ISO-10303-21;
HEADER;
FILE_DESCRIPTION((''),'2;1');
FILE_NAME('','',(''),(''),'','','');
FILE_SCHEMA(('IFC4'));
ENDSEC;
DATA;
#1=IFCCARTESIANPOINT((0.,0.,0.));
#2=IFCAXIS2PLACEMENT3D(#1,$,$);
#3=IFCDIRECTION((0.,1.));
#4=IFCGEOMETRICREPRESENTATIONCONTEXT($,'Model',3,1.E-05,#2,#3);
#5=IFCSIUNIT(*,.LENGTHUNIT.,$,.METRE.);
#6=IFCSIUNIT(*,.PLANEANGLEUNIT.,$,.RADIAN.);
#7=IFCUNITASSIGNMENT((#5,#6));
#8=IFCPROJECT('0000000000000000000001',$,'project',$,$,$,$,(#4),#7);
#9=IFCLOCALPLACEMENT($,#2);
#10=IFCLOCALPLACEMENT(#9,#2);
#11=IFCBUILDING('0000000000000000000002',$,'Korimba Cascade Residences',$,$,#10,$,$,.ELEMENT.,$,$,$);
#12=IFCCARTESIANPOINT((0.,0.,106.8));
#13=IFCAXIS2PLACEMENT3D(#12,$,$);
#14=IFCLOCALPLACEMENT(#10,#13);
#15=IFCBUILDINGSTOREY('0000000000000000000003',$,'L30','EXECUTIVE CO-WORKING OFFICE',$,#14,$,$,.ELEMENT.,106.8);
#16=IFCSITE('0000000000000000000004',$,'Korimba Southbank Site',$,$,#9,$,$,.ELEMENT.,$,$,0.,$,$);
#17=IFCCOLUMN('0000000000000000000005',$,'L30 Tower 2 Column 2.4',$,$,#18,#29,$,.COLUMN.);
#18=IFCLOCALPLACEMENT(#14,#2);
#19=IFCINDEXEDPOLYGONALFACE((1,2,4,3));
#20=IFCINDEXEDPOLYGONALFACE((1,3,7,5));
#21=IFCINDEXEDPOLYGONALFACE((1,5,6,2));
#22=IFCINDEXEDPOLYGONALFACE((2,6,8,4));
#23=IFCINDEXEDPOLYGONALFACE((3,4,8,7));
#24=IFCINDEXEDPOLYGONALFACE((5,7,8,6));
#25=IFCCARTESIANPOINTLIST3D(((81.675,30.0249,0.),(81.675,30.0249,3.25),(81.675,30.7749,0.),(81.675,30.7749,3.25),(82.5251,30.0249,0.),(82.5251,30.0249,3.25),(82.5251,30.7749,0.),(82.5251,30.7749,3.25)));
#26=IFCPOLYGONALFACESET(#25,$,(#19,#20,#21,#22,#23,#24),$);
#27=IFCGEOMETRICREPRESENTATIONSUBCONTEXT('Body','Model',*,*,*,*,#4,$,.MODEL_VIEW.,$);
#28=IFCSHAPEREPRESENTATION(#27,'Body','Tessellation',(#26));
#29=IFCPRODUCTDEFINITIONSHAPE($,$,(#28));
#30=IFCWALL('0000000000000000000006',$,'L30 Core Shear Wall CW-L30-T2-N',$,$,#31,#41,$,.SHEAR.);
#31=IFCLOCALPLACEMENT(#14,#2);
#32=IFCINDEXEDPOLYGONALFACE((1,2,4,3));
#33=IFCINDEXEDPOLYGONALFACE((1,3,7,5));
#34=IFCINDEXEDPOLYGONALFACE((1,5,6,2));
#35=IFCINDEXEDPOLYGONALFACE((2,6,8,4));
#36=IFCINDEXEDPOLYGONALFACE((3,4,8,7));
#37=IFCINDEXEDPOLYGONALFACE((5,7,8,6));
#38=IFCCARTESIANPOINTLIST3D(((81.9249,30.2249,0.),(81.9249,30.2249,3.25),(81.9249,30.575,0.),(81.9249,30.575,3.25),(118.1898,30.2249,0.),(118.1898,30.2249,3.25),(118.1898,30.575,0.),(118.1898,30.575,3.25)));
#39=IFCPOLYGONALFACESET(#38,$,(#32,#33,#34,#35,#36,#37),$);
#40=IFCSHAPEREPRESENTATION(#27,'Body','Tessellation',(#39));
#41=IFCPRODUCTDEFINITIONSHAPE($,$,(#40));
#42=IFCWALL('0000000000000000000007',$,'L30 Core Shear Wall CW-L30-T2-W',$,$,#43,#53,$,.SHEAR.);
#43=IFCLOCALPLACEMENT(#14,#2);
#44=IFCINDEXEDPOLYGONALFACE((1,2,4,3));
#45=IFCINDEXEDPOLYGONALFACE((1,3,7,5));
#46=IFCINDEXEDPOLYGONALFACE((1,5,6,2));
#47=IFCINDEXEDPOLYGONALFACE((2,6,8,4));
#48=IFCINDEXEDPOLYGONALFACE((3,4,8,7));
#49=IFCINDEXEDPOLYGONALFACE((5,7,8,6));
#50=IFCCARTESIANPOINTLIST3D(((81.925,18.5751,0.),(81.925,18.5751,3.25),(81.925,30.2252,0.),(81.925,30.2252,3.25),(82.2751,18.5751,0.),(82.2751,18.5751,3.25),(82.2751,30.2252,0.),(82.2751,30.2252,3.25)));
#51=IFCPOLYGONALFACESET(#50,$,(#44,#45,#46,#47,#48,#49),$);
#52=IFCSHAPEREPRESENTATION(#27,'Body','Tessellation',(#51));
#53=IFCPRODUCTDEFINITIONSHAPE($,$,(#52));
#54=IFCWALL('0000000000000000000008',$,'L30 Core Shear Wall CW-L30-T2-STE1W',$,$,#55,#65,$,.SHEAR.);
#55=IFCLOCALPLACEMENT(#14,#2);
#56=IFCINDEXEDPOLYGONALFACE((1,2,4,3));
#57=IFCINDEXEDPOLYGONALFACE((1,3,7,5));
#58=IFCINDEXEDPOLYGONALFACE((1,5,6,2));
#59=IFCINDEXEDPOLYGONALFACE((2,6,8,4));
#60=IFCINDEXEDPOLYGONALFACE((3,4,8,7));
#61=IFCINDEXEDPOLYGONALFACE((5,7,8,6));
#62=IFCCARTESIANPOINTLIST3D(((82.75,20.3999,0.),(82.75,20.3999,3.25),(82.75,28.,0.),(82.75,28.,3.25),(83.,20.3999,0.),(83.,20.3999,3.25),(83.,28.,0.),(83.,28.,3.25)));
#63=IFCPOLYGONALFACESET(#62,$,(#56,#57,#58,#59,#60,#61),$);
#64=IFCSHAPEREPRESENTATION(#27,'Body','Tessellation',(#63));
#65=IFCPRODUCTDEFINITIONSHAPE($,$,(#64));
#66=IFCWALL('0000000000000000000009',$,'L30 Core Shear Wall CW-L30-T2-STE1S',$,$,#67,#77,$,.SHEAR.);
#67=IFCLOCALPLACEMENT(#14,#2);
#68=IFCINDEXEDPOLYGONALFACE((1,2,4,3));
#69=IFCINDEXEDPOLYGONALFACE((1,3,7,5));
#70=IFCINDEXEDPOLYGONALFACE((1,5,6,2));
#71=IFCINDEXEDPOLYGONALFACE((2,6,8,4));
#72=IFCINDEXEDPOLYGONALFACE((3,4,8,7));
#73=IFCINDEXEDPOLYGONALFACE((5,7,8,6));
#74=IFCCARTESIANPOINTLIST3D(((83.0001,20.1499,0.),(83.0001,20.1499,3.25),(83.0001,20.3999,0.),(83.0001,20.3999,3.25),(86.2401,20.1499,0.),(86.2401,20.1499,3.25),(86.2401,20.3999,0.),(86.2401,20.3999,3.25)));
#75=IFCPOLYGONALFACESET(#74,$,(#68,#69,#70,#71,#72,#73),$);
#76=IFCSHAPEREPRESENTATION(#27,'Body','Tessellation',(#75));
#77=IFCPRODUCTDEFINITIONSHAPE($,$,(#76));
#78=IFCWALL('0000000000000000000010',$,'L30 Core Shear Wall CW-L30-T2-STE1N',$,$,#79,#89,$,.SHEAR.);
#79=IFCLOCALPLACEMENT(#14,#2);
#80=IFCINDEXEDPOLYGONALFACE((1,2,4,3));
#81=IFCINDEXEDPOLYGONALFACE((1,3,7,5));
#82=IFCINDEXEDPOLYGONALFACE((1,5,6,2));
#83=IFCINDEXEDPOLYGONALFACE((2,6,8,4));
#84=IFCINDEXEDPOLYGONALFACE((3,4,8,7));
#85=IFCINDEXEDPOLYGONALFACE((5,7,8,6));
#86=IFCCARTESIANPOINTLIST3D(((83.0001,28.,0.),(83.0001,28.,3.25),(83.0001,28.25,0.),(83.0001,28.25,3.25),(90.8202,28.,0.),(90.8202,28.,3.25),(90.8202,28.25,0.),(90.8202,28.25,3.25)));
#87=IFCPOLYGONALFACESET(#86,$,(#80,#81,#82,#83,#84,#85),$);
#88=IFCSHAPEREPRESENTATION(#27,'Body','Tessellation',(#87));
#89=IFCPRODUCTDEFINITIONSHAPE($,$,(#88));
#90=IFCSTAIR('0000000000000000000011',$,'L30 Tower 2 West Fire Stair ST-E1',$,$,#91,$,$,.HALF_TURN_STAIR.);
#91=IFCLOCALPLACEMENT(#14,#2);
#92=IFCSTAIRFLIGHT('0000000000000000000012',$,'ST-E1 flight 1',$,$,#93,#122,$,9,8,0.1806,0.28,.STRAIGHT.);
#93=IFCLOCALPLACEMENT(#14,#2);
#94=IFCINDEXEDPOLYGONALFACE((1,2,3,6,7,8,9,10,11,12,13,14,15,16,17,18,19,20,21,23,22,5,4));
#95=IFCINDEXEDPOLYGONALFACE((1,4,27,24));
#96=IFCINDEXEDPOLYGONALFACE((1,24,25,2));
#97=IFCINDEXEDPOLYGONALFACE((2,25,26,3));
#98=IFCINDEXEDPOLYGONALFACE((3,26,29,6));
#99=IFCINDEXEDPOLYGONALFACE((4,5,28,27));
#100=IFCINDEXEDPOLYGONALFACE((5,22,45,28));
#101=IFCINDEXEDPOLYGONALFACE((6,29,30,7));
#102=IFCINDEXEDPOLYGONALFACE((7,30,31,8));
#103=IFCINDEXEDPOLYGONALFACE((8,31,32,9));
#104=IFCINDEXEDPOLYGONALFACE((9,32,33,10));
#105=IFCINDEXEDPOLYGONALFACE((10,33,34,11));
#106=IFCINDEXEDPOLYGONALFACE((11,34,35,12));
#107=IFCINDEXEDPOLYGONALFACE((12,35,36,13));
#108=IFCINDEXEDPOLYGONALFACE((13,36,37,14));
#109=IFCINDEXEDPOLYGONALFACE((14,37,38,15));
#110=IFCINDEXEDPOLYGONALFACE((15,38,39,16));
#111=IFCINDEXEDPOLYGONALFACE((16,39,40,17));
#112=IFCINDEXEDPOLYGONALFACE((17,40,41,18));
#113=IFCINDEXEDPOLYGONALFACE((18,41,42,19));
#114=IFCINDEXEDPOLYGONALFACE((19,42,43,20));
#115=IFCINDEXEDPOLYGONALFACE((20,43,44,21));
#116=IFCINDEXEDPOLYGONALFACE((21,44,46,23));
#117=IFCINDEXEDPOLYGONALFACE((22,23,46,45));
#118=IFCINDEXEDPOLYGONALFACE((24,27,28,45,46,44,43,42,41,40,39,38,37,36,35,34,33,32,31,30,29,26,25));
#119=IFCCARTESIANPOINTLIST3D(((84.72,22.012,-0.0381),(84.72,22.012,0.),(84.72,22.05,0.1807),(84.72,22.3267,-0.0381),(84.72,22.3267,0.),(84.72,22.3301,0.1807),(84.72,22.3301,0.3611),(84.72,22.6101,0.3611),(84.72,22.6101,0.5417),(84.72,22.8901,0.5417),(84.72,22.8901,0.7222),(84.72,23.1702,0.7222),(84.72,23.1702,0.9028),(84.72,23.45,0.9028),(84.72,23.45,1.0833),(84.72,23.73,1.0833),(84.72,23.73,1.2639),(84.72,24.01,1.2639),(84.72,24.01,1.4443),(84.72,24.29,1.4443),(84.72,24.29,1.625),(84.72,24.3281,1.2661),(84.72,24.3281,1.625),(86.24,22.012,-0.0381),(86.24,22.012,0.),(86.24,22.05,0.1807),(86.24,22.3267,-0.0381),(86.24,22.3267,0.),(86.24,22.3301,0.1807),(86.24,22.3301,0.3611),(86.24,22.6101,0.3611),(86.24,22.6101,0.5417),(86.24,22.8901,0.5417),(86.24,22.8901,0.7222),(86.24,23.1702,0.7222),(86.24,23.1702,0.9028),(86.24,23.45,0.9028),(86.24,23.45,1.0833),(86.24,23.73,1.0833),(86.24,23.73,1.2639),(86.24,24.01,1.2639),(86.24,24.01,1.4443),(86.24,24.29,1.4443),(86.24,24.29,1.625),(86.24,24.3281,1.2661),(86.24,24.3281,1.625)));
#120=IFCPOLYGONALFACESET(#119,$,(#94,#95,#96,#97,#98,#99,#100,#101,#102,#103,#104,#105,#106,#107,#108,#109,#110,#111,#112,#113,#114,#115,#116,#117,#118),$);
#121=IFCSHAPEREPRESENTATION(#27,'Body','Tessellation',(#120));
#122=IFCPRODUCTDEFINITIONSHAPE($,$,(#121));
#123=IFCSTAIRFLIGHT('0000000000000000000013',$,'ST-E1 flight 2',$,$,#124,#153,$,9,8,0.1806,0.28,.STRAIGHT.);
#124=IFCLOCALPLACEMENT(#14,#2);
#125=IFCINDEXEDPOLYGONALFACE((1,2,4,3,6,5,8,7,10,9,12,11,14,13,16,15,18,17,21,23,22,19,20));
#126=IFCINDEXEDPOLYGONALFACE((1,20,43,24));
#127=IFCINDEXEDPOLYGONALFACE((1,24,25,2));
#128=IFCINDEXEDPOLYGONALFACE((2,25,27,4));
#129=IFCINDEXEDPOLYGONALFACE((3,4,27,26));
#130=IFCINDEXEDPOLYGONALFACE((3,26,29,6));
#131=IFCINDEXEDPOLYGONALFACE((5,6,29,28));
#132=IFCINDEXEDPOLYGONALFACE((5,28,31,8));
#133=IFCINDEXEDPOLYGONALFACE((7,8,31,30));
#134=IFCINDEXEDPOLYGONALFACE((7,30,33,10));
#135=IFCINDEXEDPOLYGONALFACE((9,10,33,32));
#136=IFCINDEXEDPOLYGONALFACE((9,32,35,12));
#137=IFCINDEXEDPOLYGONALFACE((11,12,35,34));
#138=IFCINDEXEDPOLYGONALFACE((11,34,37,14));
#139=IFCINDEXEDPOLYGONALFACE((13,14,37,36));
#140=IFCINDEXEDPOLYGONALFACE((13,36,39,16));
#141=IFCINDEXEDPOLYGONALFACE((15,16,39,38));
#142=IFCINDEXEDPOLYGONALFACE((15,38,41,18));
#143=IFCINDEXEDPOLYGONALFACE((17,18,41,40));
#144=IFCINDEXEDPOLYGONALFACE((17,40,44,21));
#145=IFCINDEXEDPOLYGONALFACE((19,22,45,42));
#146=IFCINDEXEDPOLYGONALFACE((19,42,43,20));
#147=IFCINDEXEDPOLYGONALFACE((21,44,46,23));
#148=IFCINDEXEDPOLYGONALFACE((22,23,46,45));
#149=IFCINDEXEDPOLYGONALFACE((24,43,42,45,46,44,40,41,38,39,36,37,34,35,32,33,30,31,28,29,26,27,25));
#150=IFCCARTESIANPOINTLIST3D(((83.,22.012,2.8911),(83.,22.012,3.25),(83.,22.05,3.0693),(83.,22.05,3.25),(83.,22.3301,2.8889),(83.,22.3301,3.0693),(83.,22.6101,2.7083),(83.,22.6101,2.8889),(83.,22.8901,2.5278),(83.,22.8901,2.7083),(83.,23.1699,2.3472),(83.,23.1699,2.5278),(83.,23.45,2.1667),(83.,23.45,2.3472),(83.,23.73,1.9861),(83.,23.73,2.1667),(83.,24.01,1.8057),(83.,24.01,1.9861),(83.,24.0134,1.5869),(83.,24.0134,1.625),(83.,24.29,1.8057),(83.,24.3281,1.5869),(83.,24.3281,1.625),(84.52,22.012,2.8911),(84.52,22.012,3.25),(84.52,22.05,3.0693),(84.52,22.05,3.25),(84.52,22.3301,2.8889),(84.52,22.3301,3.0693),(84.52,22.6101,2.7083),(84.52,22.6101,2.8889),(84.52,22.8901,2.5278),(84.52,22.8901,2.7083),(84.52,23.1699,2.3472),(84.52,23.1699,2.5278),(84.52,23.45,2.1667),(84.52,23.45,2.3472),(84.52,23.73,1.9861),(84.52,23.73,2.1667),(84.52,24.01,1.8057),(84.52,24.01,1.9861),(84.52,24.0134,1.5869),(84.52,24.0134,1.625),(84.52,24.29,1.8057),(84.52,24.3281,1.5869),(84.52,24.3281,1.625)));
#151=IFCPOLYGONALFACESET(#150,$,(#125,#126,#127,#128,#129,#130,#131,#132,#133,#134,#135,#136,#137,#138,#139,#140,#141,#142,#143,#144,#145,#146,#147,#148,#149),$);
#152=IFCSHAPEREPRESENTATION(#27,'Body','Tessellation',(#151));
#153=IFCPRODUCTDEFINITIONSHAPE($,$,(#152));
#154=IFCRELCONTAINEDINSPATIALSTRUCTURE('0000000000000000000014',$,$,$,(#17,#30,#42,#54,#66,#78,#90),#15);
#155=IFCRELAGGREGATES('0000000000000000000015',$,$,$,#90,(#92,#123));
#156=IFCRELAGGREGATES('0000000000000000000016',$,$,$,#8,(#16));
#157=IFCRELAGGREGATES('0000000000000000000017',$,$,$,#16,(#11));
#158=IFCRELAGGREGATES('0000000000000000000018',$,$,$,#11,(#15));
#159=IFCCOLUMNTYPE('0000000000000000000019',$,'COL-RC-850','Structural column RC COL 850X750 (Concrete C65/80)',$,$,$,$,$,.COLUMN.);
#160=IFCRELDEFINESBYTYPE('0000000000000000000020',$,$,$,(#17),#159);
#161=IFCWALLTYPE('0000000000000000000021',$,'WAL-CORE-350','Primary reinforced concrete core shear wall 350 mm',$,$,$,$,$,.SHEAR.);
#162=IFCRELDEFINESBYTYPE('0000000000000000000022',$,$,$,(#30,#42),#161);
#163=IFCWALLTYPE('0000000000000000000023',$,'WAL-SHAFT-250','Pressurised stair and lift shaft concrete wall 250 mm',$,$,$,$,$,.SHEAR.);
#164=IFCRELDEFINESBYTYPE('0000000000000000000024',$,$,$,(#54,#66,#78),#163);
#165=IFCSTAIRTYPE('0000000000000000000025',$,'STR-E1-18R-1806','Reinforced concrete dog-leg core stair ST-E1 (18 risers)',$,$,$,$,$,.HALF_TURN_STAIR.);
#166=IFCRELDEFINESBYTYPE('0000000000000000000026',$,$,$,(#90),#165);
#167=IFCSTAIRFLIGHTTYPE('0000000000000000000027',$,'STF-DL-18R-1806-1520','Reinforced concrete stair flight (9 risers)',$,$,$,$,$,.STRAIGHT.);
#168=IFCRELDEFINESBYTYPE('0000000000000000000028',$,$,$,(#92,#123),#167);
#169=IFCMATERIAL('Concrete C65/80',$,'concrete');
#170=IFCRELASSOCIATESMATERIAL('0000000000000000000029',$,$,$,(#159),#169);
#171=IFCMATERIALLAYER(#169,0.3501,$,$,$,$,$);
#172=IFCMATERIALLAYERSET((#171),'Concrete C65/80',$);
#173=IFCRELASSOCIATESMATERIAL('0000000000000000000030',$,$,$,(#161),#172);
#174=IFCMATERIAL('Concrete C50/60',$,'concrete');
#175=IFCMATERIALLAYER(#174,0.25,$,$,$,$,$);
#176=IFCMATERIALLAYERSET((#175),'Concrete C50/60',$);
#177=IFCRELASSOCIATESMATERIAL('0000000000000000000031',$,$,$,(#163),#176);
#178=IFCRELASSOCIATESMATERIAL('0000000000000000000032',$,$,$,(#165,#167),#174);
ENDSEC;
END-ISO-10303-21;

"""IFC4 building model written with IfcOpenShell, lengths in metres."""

from ifc_helpers import new_model, si_unit, direction, frame, frame_2d, origin, origin_2d, place, context, subcontext, project, spatial, polyline, rectangle, outline, extrude, material, layer, layer_set, material_profile, profile_set, type_object, element, aggregate, save


model = new_model("IFC4")

# Units and contexts
model_context = context("Model", 3, precision=1e-05, world=origin(), true_north=direction((0.0, 1.0)))
body_context = subcontext(model_context, "Body", "Model", "MODEL_VIEW")
ifc_project = project(units=[si_unit("LENGTHUNIT", "METRE"), si_unit("PLANEANGLEUNIT", "RADIAN")], contexts=[model_context])

# Site, building, storey
site_placement = place(None, origin())
site = spatial("IfcSite", under=ifc_project, at=site_placement, Name="Korimba Southbank Site", CompositionType="ELEMENT", RefElevation=0.0)
building_placement = place(site_placement, origin())
building = spatial("IfcBuilding", under=site, at=building_placement, Name="Korimba Cascade Residences", CompositionType="ELEMENT")
storey_placement = place(building_placement, frame((0.0, 0.0, 106.8)))
storey = spatial("IfcBuildingStorey", under=building, at=storey_placement, Name="L30", Description="EXECUTIVE CO-WORKING OFFICE", CompositionType="ELEMENT", Elevation=106.8)

# Column
ifc_material_1 = material(Name="Concrete C65/80", Category="concrete")
ifc_material_profile = material_profile(ifc_material_1, rectangle(XDim=0.8501, YDim=0.75, at=origin_2d()), Name="Concrete C65/80")
ifc_profile_set = profile_set([ifc_material_profile], Name="Concrete C65/80")
column_type = type_object("IfcColumnType", Name="COL-RC-850", Description="Structural column RC COL 850X750 (Concrete C65/80)", PredefinedType="COLUMN", material=ifc_profile_set)
column_placement = place(storey_placement, frame((82.1001, 30.3999, 0.0), z_axis=(0.0, 0.0, 1.0), x_axis=(1.0, 0.0, 0.0)))
element("IfcColumn", 1, at=column_placement, inside=storey, type_object=column_type, Name="L30 Tower 2 Column 2.4", PredefinedType="COLUMN", context=body_context, shape_type="SweptSolid", body=[
    extrude(rectangle(XDim=0.8501, YDim=0.75, at=origin_2d()), origin(), (0.0, 0.0, 1.0), 3.25),
])

# Walls
ifc_layer_1 = layer(ifc_material_1, 0.3501)
ifc_layer_set_1 = layer_set([ifc_layer_1], Name="Concrete C65/80")
wall_type_1 = type_object("IfcWallType", Name="WAL-CORE-350", Description="Primary reinforced concrete core shear wall 350 mm", PredefinedType="SHEAR", material=ifc_layer_set_1)
wall_1_placement = place(storey_placement, frame((81.925, 30.3999, 0.0), z_axis=(0.0, 0.0, 1.0), x_axis=(1.0, 0.0, 0.0)))
element("IfcWall", 2, at=wall_1_placement, inside=storey, type_object=wall_type_1, Name="L30 Core Shear Wall CW-L30-T2-N", PredefinedType="SHEAR", context=body_context, shape_type="SweptSolid", body=[
    extrude(rectangle(XDim=36.2649, YDim=0.3501, at=frame_2d((18.1323, 0.0))), origin(), (0.0, 0.0, 1.0), 3.25),
])
wall_2_placement = place(storey_placement, frame((82.1001, 18.575, 0.0), z_axis=(0.0, 0.0, 1.0), x_axis=(0.0, 1.0, 0.0)))
element("IfcWall", 3, at=wall_2_placement, inside=storey, type_object=wall_type_1, Name="L30 Core Shear Wall CW-L30-T2-W", PredefinedType="SHEAR", context=body_context, shape_type="SweptSolid", body=[
    extrude(rectangle(XDim=11.6501, YDim=0.3501, at=frame_2d((5.8252, 0.0))), origin(), (0.0, 0.0, 1.0), 3.25),
])
ifc_material_2 = material(Name="Concrete C50/60", Category="concrete")
ifc_layer_2 = layer(ifc_material_2, 0.25)
ifc_layer_set_2 = layer_set([ifc_layer_2], Name="Concrete C50/60")
wall_type_2 = type_object("IfcWallType", Name="WAL-SHAFT-250", Description="Pressurised stair and lift shaft concrete wall 250 mm", PredefinedType="SHEAR", material=ifc_layer_set_2)
wall_3_placement = place(storey_placement, frame((82.875, 20.3999, 0.0), z_axis=(0.0, 0.0, 1.0), x_axis=(0.0, 1.0, 0.0)))
element("IfcWall", 4, at=wall_3_placement, inside=storey, type_object=wall_type_2, Name="L30 Core Shear Wall CW-L30-T2-STE1W", PredefinedType="SHEAR", context=body_context, shape_type="SweptSolid", body=[
    extrude(rectangle(XDim=7.6001, YDim=0.25, at=frame_2d((3.8, 0.0))), origin(), (0.0, 0.0, 1.0), 3.25),
])
wall_4_placement = place(storey_placement, frame((83.0, 20.2749, 0.0), z_axis=(0.0, 0.0, 1.0), x_axis=(1.0, 0.0, 0.0)))
element("IfcWall", 5, at=wall_4_placement, inside=storey, type_object=wall_type_2, Name="L30 Core Shear Wall CW-L30-T2-STE1S", PredefinedType="SHEAR", context=body_context, shape_type="SweptSolid", body=[
    extrude(rectangle(XDim=3.24, YDim=0.25, at=frame_2d((1.6201, 0.0))), origin(), (0.0, 0.0, 1.0), 3.25),
])
wall_5_placement = place(storey_placement, frame((83.0, 28.125, 0.0), z_axis=(0.0, 0.0, 1.0), x_axis=(1.0, 0.0, 0.0)))
element("IfcWall", 6, at=wall_5_placement, inside=storey, type_object=wall_type_2, Name="L30 Core Shear Wall CW-L30-T2-STE1N", PredefinedType="SHEAR", context=body_context, shape_type="SweptSolid", body=[
    extrude(rectangle(XDim=7.8201, YDim=0.25, at=frame_2d((3.9102, 0.0))), origin(), (0.0, 0.0, 1.0), 3.25),
])

# Stair, stair flights
stair_type = type_object("IfcStairType", Name="STR-E1-18R-1806", Description="Reinforced concrete dog-leg core stair ST-E1 (18 risers)", PredefinedType="HALF_TURN_STAIR", material=ifc_material_2)
stair_placement = place(storey_placement, origin())
stair = element("IfcStair", 7, at=stair_placement, inside=storey, type_object=stair_type, Name="L30 Tower 2 West Fire Stair ST-E1", PredefinedType="HALF_TURN_STAIR")
stair_flight_type = type_object("IfcStairFlightType", Name="STF-DL-18R-1806-1520", Description="Reinforced concrete stair flight (9 risers)", PredefinedType="STRAIGHT", material=ifc_material_2)
stair_flight_1_placement = place(storey_placement, frame((85.48, 22.05, 0.0), z_axis=(0.0, 0.0, 1.0), x_axis=(0.0, 1.0, 0.0)))
stair_flight_1 = element("IfcStairFlight", 8, at=stair_flight_1_placement, type_object=stair_flight_type, Name="ST-E1 flight 1", NumberOfRisers=9, NumberOfTreads=8, PredefinedType="STRAIGHT", RiserHeight=0.1806, TreadLength=0.28, context=body_context, shape_type="SweptSolid", body=[
    extrude(outline(polyline([(-0.0381, 0.0), (0.0, 0.1807), (0.28, 0.1807), (0.28, 0.3611), (0.5601, 0.3611), (0.5601, 0.5417), (0.8401, 0.5417), (0.8401, 0.7222), (1.1201, 0.7222), (1.1201, 0.9028), (1.3999, 0.9028), (1.3999, 1.0833), (1.6799, 1.0833), (1.6799, 1.2639), (1.96, 1.2639), (1.96, 1.4443), (2.24, 1.4443), (2.24, 1.625), (2.2781, 1.625), (2.2781, 1.2661), (0.2766, 0.0), (0.2766, -0.0381), (-0.0381, -0.0381), (-0.0381, 0.0)])), frame((0.0, 0.76, 0.0), z_axis=(0.0, -1.0, 0.0), x_axis=(1.0, 0.0, 0.0)), (0.0, 0.0, 1.0), 1.52),
])
stair_flight_2_placement = place(storey_placement, frame((83.76, 24.29, 1.625), z_axis=(0.0, 0.0, 1.0), x_axis=(0.0, -1.0, 0.0)))
stair_flight_2 = element("IfcStairFlight", 9, at=stair_flight_2_placement, type_object=stair_flight_type, Name="ST-E1 flight 2", NumberOfRisers=9, NumberOfTreads=8, PredefinedType="STRAIGHT", RiserHeight=0.1806, TreadLength=0.28, context=body_context, shape_type="SweptSolid", body=[
    extrude(outline(polyline([(-0.0381, 0.0), (0.0, 0.1807), (0.28, 0.1807), (0.28, 0.3611), (0.5601, 0.3611), (0.5601, 0.5417), (0.8401, 0.5417), (0.8401, 0.7222), (1.1201, 0.7222), (1.1201, 0.9028), (1.3999, 0.9028), (1.3999, 1.0833), (1.6799, 1.0833), (1.6799, 1.2639), (1.96, 1.2639), (1.96, 1.4443), (2.24, 1.4443), (2.24, 1.625), (2.2781, 1.625), (2.2781, 1.2661), (0.2766, 0.0), (0.2766, -0.0381), (-0.0381, -0.0381), (-0.0381, 0.0)])), frame((0.0, 0.76, 0.0), z_axis=(0.0, -1.0, 0.0), x_axis=(1.0, 0.0, 0.0)), (0.0, 0.0, 1.0), 1.52),
])
aggregate(stair, [stair_flight_1, stair_flight_2])

save(model, "model.ifc")
